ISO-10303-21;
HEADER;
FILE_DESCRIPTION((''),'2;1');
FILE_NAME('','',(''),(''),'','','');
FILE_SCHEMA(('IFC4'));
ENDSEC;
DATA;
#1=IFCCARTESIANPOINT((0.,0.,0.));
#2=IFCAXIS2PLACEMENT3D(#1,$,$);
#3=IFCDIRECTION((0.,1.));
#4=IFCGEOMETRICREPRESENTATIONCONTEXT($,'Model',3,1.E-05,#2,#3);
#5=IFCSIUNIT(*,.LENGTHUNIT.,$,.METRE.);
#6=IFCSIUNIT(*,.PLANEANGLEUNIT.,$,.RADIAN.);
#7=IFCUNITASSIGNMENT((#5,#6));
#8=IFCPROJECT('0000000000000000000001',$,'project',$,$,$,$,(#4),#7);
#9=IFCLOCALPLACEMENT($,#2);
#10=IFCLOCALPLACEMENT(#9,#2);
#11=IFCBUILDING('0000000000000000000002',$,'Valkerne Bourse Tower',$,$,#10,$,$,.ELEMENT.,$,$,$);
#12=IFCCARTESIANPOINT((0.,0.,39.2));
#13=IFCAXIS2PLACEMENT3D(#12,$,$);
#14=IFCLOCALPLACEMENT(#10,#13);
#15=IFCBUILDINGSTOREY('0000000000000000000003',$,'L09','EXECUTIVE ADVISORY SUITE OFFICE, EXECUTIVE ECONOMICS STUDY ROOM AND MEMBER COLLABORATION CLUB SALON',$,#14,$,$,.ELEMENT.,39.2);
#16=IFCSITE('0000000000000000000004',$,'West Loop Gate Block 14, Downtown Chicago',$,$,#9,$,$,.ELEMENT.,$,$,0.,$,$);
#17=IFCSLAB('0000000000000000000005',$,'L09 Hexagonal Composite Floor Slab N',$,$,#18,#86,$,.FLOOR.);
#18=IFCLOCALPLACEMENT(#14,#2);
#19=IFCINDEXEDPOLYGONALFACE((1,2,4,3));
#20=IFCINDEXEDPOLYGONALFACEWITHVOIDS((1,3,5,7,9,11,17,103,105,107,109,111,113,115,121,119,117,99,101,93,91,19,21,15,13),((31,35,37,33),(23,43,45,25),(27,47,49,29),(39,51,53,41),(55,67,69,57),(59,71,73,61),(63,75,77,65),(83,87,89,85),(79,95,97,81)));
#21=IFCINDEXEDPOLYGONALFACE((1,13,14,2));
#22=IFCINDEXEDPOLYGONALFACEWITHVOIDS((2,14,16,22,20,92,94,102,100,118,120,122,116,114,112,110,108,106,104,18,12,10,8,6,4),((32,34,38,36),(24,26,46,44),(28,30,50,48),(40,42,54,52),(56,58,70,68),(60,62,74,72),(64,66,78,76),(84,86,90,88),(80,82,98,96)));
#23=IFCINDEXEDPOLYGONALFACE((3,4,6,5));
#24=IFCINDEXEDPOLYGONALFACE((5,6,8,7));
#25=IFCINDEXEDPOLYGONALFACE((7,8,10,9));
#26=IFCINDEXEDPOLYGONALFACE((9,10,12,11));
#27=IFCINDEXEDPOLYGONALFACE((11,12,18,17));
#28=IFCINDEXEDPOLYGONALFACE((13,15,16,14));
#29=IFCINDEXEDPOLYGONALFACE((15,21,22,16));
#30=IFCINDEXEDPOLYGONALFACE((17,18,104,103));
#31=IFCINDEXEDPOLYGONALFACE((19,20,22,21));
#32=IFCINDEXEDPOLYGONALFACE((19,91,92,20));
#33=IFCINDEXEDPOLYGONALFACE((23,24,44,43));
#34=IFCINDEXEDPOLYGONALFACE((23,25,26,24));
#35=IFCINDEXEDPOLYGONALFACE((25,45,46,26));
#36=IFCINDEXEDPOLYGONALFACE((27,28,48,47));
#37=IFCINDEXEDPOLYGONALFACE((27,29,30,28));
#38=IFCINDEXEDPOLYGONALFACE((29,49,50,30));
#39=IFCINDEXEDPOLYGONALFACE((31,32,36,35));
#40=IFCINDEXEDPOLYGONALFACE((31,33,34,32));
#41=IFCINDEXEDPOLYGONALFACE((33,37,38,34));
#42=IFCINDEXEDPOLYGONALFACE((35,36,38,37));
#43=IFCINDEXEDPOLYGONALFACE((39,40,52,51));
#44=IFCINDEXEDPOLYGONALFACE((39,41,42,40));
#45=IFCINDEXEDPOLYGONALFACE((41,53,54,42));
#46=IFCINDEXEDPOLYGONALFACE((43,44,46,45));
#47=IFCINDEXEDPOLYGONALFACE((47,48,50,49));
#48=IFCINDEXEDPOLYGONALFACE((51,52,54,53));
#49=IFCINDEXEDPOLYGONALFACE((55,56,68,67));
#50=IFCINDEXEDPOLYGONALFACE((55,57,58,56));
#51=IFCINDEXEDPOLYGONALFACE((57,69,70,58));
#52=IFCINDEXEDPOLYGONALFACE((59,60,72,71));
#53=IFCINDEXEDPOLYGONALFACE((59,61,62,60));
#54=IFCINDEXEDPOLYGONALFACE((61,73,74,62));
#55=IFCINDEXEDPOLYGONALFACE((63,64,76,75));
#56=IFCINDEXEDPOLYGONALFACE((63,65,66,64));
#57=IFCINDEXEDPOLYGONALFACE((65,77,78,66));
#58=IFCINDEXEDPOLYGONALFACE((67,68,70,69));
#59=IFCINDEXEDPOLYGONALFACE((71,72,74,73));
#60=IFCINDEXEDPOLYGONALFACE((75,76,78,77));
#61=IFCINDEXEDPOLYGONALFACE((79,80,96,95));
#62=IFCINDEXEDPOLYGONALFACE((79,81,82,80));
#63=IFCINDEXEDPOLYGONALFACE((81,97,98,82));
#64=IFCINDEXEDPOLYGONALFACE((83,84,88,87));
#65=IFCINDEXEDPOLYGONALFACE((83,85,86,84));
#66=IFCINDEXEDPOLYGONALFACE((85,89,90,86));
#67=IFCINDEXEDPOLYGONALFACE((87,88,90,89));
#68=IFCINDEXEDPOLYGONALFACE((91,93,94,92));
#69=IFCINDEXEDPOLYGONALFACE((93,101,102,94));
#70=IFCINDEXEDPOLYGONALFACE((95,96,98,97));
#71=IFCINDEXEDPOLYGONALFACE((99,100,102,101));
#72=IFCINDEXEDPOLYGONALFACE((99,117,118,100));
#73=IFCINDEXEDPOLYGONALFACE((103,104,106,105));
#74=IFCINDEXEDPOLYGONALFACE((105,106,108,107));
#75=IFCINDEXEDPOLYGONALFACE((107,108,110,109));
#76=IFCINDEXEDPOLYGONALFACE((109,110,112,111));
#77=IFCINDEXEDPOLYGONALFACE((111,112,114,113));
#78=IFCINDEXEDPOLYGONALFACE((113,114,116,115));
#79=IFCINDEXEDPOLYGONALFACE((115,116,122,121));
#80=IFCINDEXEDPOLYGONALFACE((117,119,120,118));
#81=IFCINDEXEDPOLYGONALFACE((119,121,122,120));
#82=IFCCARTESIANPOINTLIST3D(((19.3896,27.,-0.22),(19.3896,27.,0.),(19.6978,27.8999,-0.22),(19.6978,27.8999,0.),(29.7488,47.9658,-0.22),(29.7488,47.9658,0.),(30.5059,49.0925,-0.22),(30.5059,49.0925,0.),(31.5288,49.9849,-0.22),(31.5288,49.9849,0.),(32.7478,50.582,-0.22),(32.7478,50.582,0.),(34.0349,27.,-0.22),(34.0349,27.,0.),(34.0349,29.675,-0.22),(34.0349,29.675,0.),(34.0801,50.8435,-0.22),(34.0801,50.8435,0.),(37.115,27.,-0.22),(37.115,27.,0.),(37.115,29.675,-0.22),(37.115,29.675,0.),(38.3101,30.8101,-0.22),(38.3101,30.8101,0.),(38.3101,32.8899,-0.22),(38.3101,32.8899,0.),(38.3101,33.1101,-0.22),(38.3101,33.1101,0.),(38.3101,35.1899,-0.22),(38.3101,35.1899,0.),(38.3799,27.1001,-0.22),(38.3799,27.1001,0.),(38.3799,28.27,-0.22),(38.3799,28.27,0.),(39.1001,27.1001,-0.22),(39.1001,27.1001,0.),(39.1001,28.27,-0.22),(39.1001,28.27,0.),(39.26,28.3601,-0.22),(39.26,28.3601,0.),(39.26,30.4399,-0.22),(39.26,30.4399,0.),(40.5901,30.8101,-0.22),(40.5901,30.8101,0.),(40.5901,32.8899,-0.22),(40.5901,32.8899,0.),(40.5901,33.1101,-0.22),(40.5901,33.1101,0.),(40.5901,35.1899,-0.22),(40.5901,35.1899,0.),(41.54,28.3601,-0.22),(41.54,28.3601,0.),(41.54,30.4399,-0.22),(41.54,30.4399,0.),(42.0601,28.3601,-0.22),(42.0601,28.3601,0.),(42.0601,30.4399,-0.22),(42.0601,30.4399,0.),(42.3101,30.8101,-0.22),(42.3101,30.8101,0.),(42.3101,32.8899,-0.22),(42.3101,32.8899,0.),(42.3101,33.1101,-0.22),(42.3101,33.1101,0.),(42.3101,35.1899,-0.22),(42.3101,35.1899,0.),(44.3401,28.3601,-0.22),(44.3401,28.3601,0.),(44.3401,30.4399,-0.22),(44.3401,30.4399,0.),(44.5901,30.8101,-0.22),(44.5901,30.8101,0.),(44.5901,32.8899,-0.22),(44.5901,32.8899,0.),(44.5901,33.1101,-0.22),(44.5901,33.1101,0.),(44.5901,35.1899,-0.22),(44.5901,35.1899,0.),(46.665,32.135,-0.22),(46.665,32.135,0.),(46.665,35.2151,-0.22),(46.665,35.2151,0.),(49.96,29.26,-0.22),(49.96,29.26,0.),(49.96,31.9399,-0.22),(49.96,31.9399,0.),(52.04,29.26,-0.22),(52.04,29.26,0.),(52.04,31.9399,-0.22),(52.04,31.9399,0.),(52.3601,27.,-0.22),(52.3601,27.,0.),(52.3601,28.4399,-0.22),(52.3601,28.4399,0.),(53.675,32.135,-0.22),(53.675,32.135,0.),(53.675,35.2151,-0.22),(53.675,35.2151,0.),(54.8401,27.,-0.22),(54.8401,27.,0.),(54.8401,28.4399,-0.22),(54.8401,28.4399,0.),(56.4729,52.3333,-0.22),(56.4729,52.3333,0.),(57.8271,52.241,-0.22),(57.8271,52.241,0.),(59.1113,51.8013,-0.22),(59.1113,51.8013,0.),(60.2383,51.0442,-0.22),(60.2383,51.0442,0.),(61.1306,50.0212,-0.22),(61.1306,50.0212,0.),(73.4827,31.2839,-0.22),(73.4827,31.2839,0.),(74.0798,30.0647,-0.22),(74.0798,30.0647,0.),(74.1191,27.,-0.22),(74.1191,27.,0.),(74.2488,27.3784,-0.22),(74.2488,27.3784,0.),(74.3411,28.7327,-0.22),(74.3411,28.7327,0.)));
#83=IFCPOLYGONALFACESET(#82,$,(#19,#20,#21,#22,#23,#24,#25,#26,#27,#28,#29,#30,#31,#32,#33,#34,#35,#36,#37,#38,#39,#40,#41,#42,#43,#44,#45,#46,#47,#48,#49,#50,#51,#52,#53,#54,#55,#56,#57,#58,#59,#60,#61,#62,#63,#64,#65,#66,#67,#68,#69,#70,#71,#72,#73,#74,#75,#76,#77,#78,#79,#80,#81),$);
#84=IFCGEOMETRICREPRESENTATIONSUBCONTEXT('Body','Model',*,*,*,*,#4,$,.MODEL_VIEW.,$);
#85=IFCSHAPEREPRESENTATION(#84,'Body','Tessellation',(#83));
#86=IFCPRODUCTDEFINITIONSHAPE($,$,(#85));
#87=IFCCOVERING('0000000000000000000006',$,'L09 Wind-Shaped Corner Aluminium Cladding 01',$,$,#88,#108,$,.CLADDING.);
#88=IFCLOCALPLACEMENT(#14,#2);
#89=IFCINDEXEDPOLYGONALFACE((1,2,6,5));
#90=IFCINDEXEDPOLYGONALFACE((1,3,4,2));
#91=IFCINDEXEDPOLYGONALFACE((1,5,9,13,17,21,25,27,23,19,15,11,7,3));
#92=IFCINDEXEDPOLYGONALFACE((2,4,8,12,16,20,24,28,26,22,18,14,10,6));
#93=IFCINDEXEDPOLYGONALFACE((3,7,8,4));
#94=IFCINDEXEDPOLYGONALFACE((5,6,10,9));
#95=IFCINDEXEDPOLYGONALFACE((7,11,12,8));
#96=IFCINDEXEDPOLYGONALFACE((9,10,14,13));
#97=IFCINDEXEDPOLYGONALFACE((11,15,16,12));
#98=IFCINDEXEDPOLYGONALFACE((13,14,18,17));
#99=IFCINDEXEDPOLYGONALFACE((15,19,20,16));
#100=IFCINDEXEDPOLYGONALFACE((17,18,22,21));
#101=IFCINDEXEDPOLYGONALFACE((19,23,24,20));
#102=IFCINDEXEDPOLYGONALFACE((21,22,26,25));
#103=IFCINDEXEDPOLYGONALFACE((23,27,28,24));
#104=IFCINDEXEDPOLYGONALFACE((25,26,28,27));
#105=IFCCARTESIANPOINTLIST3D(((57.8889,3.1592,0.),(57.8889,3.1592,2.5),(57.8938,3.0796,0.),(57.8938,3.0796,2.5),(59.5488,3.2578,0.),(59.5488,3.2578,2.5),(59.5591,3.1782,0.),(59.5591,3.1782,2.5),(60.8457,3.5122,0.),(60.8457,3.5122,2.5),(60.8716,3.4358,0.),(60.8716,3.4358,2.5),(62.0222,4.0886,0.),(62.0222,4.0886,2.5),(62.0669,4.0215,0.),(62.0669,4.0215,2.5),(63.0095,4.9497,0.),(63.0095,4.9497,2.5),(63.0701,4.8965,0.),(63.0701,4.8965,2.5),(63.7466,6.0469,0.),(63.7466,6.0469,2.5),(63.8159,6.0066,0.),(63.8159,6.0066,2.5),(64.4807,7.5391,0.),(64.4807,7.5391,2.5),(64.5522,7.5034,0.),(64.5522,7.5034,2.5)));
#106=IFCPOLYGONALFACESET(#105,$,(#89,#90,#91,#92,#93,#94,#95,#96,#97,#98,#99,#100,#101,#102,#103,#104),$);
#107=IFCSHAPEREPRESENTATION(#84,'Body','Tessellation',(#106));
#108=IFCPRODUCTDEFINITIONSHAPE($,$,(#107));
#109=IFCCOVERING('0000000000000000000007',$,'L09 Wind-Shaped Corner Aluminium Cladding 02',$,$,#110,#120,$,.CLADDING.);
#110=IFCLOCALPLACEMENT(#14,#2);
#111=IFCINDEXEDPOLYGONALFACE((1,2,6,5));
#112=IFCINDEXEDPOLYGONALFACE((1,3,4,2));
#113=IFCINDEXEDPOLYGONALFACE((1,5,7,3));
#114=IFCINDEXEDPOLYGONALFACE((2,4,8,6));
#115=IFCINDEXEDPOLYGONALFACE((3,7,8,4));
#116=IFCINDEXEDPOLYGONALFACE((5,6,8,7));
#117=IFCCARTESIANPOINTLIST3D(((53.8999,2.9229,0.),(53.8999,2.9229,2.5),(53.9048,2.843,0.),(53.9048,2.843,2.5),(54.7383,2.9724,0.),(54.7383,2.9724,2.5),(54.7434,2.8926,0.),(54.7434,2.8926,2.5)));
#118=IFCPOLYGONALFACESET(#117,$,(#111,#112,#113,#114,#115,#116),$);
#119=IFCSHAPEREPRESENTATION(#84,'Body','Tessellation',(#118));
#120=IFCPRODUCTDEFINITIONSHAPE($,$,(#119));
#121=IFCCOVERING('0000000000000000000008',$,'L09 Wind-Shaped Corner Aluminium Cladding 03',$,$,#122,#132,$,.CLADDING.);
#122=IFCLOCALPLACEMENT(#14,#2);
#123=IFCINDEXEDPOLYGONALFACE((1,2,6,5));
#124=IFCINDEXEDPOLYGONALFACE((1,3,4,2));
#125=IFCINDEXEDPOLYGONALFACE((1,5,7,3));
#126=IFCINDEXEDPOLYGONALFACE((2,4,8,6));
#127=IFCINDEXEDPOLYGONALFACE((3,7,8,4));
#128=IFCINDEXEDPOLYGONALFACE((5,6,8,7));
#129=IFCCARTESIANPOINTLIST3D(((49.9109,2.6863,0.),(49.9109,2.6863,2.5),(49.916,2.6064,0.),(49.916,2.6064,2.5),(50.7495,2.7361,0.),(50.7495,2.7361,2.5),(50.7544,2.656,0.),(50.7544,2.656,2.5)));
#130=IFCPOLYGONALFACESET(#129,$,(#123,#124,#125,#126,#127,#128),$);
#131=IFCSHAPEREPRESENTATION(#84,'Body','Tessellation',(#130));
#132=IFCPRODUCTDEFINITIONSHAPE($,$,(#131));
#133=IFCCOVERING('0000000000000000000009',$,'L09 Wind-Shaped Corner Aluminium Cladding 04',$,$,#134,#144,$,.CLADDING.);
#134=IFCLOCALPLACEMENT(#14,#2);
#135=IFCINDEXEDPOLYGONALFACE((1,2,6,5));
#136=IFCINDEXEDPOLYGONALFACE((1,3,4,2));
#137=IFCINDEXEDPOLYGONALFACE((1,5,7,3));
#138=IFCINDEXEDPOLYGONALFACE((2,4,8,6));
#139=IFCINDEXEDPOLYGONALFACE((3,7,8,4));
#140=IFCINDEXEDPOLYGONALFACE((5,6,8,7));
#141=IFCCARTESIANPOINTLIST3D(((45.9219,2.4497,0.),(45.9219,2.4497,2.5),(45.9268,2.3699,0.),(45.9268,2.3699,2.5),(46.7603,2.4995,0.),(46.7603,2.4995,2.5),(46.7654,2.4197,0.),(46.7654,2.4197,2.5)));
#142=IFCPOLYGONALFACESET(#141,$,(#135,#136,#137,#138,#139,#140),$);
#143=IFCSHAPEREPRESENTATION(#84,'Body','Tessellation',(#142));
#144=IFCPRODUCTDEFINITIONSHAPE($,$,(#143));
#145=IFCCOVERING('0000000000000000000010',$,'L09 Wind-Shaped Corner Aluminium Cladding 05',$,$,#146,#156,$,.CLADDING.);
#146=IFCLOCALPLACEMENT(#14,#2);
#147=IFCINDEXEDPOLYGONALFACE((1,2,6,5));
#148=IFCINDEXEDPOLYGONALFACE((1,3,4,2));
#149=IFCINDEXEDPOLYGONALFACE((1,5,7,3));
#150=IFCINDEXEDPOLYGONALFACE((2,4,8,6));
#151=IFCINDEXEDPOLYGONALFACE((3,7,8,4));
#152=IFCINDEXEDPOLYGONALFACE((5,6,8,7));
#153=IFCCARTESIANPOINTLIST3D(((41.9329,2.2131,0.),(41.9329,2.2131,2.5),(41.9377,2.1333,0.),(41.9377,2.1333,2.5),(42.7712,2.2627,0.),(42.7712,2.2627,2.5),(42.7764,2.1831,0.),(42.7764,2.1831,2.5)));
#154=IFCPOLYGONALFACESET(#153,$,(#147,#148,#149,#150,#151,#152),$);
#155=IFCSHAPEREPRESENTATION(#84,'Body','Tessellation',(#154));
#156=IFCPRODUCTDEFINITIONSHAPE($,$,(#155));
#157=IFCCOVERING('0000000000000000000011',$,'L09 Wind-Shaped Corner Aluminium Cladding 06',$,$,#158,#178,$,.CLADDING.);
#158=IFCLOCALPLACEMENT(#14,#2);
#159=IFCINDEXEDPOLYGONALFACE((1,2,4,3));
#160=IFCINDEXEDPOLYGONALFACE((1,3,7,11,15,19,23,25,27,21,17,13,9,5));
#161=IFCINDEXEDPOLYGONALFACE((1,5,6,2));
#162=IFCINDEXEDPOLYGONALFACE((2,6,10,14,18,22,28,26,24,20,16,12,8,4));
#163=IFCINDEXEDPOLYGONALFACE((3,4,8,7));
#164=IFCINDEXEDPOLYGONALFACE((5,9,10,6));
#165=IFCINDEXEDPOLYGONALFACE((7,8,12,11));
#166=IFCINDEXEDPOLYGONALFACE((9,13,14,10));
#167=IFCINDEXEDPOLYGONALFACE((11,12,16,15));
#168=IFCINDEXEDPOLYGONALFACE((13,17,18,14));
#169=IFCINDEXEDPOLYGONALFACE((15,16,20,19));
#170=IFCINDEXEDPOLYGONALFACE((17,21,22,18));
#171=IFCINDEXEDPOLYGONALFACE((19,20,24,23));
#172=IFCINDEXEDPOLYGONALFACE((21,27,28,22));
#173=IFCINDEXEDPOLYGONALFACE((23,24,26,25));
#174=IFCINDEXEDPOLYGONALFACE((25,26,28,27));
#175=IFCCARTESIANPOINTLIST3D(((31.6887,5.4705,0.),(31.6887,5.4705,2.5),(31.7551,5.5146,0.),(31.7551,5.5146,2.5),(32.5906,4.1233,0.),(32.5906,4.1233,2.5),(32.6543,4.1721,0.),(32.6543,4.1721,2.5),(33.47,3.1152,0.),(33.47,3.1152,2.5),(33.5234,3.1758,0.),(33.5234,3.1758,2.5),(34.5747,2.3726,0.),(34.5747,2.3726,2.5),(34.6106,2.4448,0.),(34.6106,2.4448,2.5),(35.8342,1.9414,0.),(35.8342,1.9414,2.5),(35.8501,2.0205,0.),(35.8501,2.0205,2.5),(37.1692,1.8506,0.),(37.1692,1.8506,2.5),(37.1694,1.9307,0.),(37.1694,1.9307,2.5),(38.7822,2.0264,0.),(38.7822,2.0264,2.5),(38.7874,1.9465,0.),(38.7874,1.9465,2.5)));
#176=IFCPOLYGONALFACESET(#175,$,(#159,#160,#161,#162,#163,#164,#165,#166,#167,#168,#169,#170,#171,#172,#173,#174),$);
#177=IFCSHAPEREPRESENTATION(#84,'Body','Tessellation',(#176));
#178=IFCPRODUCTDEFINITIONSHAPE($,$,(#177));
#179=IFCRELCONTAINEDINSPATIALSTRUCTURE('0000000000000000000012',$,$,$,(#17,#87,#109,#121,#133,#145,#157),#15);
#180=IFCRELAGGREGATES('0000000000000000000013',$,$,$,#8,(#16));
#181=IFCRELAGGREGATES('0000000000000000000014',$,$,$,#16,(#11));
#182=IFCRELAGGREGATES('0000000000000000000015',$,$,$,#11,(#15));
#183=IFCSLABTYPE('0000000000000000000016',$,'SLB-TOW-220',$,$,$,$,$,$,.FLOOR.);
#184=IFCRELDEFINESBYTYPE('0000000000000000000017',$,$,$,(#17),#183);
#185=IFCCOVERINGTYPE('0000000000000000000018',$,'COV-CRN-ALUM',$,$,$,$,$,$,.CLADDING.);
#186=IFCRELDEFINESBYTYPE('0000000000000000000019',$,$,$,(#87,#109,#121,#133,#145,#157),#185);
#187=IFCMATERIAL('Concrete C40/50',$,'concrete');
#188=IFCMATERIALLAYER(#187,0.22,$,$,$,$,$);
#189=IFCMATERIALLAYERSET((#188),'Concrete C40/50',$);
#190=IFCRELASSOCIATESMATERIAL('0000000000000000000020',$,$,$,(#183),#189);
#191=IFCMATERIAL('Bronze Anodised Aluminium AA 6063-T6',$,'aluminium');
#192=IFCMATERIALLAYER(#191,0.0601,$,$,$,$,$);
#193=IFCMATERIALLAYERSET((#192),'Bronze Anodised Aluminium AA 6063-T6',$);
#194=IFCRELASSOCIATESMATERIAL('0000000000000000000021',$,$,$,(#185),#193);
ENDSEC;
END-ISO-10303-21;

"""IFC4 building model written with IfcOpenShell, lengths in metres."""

from ifc_helpers import new_model, si_unit, direction, frame, origin, place, context, subcontext, project, spatial, polyline, outline, extrude, material, layer, layer_set, type_object, element, save


model = new_model("IFC4")

# Units and contexts
model_context = context("Model", 3, precision=1e-05, world=origin(), true_north=direction((0.0, 1.0)))
body_context = subcontext(model_context, "Body", "Model", "MODEL_VIEW")
ifc_project = project(units=[si_unit("LENGTHUNIT", "METRE"), si_unit("PLANEANGLEUNIT", "RADIAN")], contexts=[model_context])

# Site, building, storey
site_placement = place(None, origin())
site = spatial("IfcSite", under=ifc_project, at=site_placement, Name="West Loop Gate Block 14, Downtown Chicago", CompositionType="ELEMENT", RefElevation=0.0)
building_placement = place(site_placement, origin())
building = spatial("IfcBuilding", under=site, at=building_placement, Name="Valkerne Bourse Tower", CompositionType="ELEMENT")
storey_placement = place(building_placement, frame((0.0, 0.0, 39.2)))
storey = spatial("IfcBuildingStorey", under=building, at=storey_placement, Name="L09", Description="EXECUTIVE ADVISORY SUITE OFFICE, EXECUTIVE ECONOMICS STUDY ROOM AND MEMBER COLLABORATION CLUB SALON", CompositionType="ELEMENT", Elevation=39.2)

# Slab
ifc_material_1 = material(Name="Concrete C40/50", Category="concrete")
ifc_layer_1 = layer(ifc_material_1, 0.22)
ifc_layer_set_1 = layer_set([ifc_layer_1], Name="Concrete C40/50")
slab_type_1 = type_object("IfcSlabType", Name="SLB-TOW-220", PredefinedType="FLOOR", material=ifc_layer_set_1)
slab_1_placement = place(storey_placement, frame((0.0, 0.0, -0.22)))
element("IfcSlab", 1, at=slab_1_placement, inside=storey, type_object=slab_type_1, Name="L09 Hexagonal Composite Floor Slab N", PredefinedType="FLOOR", context=body_context, shape_type="SweptSolid", body=[
    extrude(outline(polyline([(19.6978, 27.8999), (29.7488, 47.9658), (30.5059, 49.0925), (31.5288, 49.9849), (32.7478, 50.582), (34.0801, 50.8435), (56.4729, 52.3333), (57.8271, 52.241), (59.1113, 51.8013), (60.2383, 51.0442), (61.1306, 50.0212), (73.4827, 31.2839), (74.0798, 30.0647), (74.3411, 28.7327), (74.2488, 27.3784), (74.1191, 27.0), (54.8401, 27.0), (54.8401, 28.4399), (52.3601, 28.4399), (52.3601, 27.0), (37.115, 27.0), (37.115, 29.675), (34.0349, 29.675), (34.0349, 27.0), (19.3896, 27.0), (19.6978, 27.8999)]), holes=[polyline([(39.1001, 28.27), (38.3799, 28.27), (38.3799, 27.1001), (39.1001, 27.1001), (39.1001, 28.27)]), polyline([(41.54, 30.4399), (39.26, 30.4399), (39.26, 28.3601), (41.54, 28.3601), (41.54, 30.4399)]), polyline([(44.3401, 30.4399), (42.0601, 30.4399), (42.0601, 28.3601), (44.3401, 28.3601), (44.3401, 30.4399)]), polyline([(40.5901, 30.8101), (40.5901, 32.8899), (38.3101, 32.8899), (38.3101, 30.8101), (40.5901, 30.8101)]), polyline([(40.5901, 33.1101), (40.5901, 35.1899), (38.3101, 35.1899), (38.3101, 33.1101), (40.5901, 33.1101)]), polyline([(52.04, 31.9399), (49.96, 31.9399), (49.96, 29.26), (52.04, 29.26), (52.04, 31.9399)]), polyline([(44.5901, 32.8899), (42.3101, 32.8899), (42.3101, 30.8101), (44.5901, 30.8101), (44.5901, 32.8899)]), polyline([(53.675, 32.135), (53.675, 35.2151), (46.665, 35.2151), (46.665, 32.135), (53.675, 32.135)]), polyline([(44.5901, 33.1101), (44.5901, 35.1899), (42.3101, 35.1899), (42.3101, 33.1101), (44.5901, 33.1101)])]), origin(), (0.0, 0.0, 1.0), 0.22),
])

# Coverings
ifc_material_2 = material(Name="Bronze Anodised Aluminium AA 6063-T6", Category="aluminium")
ifc_layer_2 = layer(ifc_material_2, 0.0601)
ifc_layer_set_2 = layer_set([ifc_layer_2], Name="Bronze Anodised Aluminium AA 6063-T6")
covering_type = type_object("IfcCoveringType", Name="COV-CRN-ALUM", PredefinedType="CLADDING", material=ifc_layer_set_2)
covering_1_placement = place(storey_placement, origin())
element("IfcCovering", 2, at=covering_1_placement, inside=storey, type_object=covering_type, Name="L09 Wind-Shaped Corner Aluminium Cladding 01", PredefinedType="CLADDING", context=body_context, shape_type="SweptSolid", body=[
    extrude(outline(polyline([(63.0701, 4.8965), (62.0669, 4.0215), (60.8716, 3.4358), (59.5591, 3.1782), (57.8938, 3.0796), (57.8889, 3.1592), (59.5488, 3.2578), (60.8457, 3.5122), (62.0222, 4.0886), (63.0095, 4.9497), (63.7466, 6.0469), (64.4807, 7.5391), (64.5522, 7.5034), (63.8159, 6.0066), (63.0701, 4.8965)])), origin(), (0.0, 0.0, 1.0), 2.5),
])
covering_2_placement = place(storey_placement, origin())
element("IfcCovering", 3, at=covering_2_placement, inside=storey, type_object=covering_type, Name="L09 Wind-Shaped Corner Aluminium Cladding 02", PredefinedType="CLADDING", context=body_context, shape_type="SweptSolid", body=[
    extrude(outline(polyline([(53.9048, 2.843), (53.8999, 2.9229), (54.7383, 2.9724), (54.7434, 2.8926), (53.9048, 2.843)])), origin(), (0.0, 0.0, 1.0), 2.5),
])
covering_3_placement = place(storey_placement, origin())
element("IfcCovering", 4, at=covering_3_placement, inside=storey, type_object=covering_type, Name="L09 Wind-Shaped Corner Aluminium Cladding 03", PredefinedType="CLADDING", context=body_context, shape_type="SweptSolid", body=[
    extrude(outline(polyline([(49.916, 2.6064), (49.9109, 2.6863), (50.7495, 2.7361), (50.7544, 2.656), (49.916, 2.6064)])), origin(), (0.0, 0.0, 1.0), 2.5),
])
covering_4_placement = place(storey_placement, origin())
element("IfcCovering", 5, at=covering_4_placement, inside=storey, type_object=covering_type, Name="L09 Wind-Shaped Corner Aluminium Cladding 04", PredefinedType="CLADDING", context=body_context, shape_type="SweptSolid", body=[
    extrude(outline(polyline([(45.9268, 2.3699), (45.9219, 2.4497), (46.7603, 2.4995), (46.7654, 2.4197), (45.9268, 2.3699)])), origin(), (0.0, 0.0, 1.0), 2.5),
])
covering_5_placement = place(storey_placement, origin())
element("IfcCovering", 6, at=covering_5_placement, inside=storey, type_object=covering_type, Name="L09 Wind-Shaped Corner Aluminium Cladding 05", PredefinedType="CLADDING", context=body_context, shape_type="SweptSolid", body=[
    extrude(outline(polyline([(41.9377, 2.1333), (41.9329, 2.2131), (42.7712, 2.2627), (42.7764, 2.1831), (41.9377, 2.1333)])), origin(), (0.0, 0.0, 1.0), 2.5),
])
covering_6_placement = place(storey_placement, origin())
element("IfcCovering", 7, at=covering_6_placement, inside=storey, type_object=covering_type, Name="L09 Wind-Shaped Corner Aluminium Cladding 06", PredefinedType="CLADDING", context=body_context, shape_type="SweptSolid", body=[
    extrude(outline(polyline([(37.1692, 1.8506), (35.8342, 1.9414), (34.5747, 2.3726), (33.47, 3.1152), (32.5906, 4.1233), (31.6887, 5.4705), (31.7551, 5.5146), (32.6543, 4.1721), (33.5234, 3.1758), (34.6106, 2.4448), (35.8501, 2.0205), (37.1694, 1.9307), (38.7822, 2.0264), (38.7874, 1.9465), (37.1692, 1.8506)])), origin(), (0.0, 0.0, 1.0), 2.5),
])

save(model, "model.ifc")
